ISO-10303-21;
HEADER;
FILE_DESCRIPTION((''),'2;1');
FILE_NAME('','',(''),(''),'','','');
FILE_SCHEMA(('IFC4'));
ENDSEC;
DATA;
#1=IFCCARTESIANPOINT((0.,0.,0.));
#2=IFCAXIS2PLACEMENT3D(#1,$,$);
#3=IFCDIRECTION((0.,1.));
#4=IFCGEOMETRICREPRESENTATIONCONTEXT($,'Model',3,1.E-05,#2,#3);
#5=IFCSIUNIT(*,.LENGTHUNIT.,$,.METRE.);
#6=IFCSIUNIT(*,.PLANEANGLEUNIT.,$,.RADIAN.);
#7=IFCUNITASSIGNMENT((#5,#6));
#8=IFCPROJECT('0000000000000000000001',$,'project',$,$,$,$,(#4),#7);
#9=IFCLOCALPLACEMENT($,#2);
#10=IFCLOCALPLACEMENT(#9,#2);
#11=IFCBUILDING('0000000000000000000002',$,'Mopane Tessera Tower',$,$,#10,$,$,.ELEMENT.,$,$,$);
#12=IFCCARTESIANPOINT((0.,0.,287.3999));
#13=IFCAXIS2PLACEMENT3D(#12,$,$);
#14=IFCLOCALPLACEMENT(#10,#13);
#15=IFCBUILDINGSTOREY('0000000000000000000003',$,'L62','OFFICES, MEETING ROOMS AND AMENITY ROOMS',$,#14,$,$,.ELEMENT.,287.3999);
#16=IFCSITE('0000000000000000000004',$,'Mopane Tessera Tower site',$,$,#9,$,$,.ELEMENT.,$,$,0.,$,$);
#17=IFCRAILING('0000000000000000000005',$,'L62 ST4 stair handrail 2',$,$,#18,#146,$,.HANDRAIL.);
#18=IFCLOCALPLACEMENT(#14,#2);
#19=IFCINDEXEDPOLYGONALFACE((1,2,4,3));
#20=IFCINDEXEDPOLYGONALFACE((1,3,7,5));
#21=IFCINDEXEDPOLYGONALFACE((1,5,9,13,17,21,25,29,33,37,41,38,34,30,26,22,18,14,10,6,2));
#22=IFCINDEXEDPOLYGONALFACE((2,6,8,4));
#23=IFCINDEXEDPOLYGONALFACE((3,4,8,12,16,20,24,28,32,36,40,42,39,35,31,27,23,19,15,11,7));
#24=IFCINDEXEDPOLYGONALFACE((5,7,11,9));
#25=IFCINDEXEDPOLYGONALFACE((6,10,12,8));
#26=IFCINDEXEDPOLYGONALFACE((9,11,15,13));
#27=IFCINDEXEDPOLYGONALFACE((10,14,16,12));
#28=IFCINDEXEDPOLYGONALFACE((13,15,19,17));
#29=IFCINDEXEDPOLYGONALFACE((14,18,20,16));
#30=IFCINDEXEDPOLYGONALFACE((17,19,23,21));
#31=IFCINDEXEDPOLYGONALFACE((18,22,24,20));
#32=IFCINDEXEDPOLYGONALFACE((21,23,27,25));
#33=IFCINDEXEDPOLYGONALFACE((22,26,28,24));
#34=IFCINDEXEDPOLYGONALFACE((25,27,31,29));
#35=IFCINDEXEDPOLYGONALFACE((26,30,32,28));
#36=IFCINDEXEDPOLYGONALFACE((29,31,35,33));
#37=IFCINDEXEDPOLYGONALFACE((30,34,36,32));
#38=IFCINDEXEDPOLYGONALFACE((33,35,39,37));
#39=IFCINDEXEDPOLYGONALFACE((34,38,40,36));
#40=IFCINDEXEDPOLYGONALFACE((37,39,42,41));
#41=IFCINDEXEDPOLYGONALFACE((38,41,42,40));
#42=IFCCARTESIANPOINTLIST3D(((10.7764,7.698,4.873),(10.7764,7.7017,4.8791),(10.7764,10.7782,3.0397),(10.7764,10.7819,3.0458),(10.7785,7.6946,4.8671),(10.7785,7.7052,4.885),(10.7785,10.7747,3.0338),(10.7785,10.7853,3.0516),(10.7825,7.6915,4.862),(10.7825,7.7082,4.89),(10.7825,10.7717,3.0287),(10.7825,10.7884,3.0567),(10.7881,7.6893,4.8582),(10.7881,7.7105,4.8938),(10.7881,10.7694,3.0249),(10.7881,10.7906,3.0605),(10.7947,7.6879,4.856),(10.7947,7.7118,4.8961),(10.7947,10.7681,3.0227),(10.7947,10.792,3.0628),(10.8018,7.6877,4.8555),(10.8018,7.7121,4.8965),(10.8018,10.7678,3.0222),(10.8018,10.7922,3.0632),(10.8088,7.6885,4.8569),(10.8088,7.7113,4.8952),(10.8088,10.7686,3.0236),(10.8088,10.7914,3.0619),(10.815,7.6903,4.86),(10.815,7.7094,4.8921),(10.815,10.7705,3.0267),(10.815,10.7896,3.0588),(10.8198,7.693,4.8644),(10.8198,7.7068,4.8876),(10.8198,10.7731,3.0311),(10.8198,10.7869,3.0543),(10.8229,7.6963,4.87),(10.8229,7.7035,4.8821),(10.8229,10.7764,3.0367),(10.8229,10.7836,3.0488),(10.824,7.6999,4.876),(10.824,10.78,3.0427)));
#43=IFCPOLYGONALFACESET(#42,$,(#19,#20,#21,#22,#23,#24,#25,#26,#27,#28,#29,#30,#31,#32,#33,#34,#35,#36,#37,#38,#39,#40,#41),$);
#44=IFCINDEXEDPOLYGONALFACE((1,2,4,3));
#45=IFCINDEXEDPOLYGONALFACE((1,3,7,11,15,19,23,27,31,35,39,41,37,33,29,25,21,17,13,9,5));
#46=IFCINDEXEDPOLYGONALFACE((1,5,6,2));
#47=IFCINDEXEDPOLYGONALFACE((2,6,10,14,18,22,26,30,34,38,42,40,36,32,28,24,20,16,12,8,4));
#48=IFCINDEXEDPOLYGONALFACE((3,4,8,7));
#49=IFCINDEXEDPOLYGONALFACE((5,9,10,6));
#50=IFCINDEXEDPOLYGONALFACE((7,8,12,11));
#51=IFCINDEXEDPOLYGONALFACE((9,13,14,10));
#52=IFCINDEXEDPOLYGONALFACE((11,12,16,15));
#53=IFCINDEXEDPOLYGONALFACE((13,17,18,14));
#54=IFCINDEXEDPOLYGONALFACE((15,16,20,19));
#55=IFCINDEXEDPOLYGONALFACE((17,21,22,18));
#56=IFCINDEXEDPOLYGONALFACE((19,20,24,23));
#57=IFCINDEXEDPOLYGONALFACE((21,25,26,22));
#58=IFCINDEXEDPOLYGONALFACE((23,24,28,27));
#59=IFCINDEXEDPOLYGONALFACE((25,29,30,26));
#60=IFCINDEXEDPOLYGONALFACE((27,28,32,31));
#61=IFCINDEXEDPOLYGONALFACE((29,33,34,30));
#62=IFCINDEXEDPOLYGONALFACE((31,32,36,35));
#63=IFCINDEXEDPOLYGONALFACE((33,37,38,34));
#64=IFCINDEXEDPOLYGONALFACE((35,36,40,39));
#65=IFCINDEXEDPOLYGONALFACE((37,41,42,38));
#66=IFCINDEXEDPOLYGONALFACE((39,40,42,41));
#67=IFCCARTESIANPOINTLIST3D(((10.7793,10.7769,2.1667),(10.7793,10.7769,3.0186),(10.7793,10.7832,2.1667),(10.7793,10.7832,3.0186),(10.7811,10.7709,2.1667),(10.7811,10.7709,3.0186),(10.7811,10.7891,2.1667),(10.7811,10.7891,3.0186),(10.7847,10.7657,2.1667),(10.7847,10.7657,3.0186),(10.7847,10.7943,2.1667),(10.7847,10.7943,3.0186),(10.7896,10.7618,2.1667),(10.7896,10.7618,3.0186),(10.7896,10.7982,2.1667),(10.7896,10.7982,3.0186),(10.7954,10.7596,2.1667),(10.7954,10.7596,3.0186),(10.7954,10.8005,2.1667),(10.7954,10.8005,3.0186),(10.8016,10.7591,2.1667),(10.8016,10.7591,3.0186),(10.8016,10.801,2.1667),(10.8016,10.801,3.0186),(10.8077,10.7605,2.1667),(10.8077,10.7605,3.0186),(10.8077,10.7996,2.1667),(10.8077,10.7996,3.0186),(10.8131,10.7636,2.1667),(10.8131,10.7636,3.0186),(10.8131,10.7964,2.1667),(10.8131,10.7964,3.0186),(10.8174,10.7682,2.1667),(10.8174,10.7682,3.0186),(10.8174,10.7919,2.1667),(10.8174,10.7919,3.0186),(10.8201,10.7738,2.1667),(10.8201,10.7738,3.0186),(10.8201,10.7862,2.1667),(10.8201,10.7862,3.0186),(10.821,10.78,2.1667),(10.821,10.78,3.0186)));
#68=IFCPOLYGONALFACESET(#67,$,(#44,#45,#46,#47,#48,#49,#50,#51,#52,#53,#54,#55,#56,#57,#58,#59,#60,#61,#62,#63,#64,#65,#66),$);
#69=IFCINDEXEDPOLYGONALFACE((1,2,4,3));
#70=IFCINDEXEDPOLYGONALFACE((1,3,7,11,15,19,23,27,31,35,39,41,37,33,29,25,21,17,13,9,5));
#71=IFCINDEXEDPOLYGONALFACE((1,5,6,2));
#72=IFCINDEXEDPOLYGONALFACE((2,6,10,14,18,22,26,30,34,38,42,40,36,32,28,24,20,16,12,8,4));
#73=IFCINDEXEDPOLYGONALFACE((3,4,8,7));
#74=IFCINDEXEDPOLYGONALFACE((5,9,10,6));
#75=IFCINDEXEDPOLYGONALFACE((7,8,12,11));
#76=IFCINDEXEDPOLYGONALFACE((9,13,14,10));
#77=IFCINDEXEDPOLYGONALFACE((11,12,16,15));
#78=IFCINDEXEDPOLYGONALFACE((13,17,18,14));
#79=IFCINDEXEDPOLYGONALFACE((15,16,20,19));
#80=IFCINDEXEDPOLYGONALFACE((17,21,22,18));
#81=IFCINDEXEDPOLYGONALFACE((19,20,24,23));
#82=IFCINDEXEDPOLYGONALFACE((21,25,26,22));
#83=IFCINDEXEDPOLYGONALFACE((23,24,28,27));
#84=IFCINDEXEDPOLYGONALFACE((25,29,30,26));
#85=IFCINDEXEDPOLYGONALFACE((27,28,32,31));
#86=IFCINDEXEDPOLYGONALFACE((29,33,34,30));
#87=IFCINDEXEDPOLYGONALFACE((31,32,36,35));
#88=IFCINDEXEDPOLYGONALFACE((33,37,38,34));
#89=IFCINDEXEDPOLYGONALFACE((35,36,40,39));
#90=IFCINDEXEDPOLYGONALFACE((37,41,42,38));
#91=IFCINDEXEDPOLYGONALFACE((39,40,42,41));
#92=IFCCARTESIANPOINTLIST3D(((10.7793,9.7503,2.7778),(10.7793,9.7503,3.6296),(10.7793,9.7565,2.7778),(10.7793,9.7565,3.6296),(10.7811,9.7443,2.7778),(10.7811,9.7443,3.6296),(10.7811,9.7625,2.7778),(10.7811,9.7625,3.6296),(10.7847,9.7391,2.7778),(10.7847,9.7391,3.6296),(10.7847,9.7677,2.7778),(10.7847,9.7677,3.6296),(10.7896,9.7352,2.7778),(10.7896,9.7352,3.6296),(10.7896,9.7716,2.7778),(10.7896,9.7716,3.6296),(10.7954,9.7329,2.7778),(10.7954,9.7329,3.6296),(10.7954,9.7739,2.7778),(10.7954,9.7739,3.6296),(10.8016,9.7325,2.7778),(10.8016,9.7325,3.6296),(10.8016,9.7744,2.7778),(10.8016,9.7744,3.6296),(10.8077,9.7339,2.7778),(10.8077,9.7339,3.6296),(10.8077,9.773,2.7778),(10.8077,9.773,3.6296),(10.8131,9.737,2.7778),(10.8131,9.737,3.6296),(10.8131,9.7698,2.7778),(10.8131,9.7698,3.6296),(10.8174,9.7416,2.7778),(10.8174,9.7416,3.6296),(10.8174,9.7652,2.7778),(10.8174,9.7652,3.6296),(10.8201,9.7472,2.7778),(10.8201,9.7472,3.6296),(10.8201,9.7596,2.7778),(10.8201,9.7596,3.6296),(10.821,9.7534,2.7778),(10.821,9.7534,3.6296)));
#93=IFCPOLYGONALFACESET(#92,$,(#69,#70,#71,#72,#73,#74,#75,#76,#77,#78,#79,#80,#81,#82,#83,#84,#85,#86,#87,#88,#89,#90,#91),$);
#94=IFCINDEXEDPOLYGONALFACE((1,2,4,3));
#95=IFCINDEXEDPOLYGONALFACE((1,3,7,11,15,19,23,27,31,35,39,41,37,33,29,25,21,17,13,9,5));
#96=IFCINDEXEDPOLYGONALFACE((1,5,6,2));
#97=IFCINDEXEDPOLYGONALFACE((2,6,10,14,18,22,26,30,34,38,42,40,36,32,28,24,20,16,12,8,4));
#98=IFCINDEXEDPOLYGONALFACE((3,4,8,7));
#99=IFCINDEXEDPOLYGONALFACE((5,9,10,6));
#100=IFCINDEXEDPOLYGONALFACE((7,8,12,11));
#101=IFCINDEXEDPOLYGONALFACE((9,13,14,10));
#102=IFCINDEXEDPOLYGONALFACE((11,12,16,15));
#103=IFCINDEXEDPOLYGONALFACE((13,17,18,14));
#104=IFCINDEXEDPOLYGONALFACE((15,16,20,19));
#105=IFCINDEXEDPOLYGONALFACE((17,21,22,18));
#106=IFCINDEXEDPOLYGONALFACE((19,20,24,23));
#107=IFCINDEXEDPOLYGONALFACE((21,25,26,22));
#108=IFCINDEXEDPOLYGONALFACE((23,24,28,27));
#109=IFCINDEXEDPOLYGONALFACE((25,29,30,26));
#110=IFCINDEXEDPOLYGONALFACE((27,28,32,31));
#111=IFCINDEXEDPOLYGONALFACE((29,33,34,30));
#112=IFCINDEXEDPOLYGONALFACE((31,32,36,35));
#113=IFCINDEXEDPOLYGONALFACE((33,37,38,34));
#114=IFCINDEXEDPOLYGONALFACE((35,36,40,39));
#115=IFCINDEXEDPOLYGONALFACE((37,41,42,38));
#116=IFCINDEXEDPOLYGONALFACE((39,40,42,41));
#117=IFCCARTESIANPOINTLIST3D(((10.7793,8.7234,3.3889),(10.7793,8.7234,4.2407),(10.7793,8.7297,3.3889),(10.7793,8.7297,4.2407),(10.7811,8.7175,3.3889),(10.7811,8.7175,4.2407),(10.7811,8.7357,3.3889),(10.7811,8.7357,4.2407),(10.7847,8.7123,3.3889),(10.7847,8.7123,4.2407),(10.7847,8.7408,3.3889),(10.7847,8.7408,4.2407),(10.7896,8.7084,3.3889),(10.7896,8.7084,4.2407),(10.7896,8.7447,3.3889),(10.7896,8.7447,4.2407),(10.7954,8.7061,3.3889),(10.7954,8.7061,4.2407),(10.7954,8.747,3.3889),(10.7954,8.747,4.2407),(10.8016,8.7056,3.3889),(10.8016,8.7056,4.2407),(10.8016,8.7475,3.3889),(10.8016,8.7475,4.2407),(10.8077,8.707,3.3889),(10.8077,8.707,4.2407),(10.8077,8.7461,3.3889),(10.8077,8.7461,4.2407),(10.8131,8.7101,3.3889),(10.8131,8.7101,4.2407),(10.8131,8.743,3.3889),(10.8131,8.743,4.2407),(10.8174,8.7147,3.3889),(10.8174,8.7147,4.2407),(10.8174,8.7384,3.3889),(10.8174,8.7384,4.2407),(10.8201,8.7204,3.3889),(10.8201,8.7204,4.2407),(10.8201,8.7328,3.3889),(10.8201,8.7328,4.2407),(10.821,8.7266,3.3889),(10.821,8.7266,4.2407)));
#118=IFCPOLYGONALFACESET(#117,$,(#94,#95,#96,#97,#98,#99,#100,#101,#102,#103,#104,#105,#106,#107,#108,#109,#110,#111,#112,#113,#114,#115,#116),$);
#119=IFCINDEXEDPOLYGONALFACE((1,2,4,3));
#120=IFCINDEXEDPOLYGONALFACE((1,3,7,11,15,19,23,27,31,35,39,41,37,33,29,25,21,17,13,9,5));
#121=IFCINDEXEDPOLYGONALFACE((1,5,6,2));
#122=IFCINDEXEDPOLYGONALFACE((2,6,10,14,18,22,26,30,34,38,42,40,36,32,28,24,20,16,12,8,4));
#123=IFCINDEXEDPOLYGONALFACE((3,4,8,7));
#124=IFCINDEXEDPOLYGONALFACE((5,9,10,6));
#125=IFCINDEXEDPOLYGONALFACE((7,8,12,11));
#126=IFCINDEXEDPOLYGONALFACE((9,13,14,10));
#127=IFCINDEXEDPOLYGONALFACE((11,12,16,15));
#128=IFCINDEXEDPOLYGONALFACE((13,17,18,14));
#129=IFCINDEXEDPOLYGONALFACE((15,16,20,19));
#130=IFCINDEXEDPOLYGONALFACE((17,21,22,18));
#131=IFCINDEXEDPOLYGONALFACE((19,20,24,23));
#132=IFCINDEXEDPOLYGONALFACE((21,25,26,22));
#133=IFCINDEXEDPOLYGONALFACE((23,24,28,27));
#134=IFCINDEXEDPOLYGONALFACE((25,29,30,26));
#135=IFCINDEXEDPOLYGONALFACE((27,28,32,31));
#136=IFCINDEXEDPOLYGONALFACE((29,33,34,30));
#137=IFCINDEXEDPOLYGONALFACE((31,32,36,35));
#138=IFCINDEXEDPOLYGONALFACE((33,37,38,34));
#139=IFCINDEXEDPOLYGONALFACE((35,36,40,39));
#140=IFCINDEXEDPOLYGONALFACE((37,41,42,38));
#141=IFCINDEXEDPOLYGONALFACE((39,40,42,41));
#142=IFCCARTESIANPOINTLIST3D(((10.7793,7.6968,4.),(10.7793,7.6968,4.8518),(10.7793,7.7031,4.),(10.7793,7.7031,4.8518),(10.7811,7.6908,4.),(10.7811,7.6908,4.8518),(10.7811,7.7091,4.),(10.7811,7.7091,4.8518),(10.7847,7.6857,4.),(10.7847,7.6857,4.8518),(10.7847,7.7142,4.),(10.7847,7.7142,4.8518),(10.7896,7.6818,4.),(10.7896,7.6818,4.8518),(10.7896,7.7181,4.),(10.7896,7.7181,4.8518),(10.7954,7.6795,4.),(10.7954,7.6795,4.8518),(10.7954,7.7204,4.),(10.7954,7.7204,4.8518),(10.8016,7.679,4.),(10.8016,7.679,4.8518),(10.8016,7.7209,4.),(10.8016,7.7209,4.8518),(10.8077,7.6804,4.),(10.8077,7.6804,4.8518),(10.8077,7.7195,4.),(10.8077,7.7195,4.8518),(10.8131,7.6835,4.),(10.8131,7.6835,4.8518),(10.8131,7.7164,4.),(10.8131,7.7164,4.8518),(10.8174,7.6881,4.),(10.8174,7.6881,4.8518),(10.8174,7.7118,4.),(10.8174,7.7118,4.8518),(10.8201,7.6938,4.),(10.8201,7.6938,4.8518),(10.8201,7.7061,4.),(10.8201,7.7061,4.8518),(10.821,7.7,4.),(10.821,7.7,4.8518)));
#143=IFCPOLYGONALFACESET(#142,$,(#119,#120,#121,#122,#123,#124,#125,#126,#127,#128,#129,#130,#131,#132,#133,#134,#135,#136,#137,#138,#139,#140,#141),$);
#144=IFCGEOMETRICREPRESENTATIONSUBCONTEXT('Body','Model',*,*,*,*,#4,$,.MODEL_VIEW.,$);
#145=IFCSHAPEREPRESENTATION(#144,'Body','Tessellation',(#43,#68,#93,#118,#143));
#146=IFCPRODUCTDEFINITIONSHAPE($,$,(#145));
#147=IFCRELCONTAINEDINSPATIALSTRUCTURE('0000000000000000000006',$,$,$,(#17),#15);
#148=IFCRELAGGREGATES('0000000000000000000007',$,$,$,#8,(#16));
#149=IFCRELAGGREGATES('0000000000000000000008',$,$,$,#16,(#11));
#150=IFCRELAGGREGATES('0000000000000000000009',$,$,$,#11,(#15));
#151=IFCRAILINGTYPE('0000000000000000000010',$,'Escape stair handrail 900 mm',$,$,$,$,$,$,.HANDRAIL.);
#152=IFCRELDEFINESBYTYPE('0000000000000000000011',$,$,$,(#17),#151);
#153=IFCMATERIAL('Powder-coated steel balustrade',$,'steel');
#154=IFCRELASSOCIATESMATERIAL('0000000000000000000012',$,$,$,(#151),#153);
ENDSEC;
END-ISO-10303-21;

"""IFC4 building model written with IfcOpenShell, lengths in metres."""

from ifc_helpers import new_model, si_unit, direction, frame, origin, origin_2d, place, context, subcontext, project, spatial, circle, extrude, material, type_object, element, save


model = new_model("IFC4")

# Units and contexts
model_context = context("Model", 3, precision=1e-05, world=origin(), true_north=direction((0.0, 1.0)))
body_context = subcontext(model_context, "Body", "Model", "MODEL_VIEW")
ifc_project = project(units=[si_unit("LENGTHUNIT", "METRE"), si_unit("PLANEANGLEUNIT", "RADIAN")], contexts=[model_context])

# Site, building, storey
site_placement = place(None, origin())
site = spatial("IfcSite", under=ifc_project, at=site_placement, Name="Mopane Tessera Tower site", CompositionType="ELEMENT", RefElevation=0.0)
building_placement = place(site_placement, origin())
building = spatial("IfcBuilding", under=site, at=building_placement, Name="Mopane Tessera Tower", CompositionType="ELEMENT")
storey_placement = place(building_placement, frame((0.0, 0.0, 287.3999)))
storey = spatial("IfcBuildingStorey", under=building, at=storey_placement, Name="L62", Description="OFFICES, MEETING ROOMS AND AMENITY ROOMS", CompositionType="ELEMENT", Elevation=287.3999)

# Railing
ifc_material_1 = material(Name="Powder-coated steel balustrade", Category="steel")
railing_type_1 = type_object("IfcRailingType", Name="Escape stair handrail 900 mm", PredefinedType="HANDRAIL", material=ifc_material_1)
railing_1_placement = place(storey_placement, frame((10.8, 10.78, 2.1667)))
element("IfcRailing", 1, at=railing_1_placement, inside=storey, type_object=railing_type_1, Name="L62 ST4 stair handrail 2", PredefinedType="HANDRAIL", context=body_context, shape_type="SweptSolid", body=[
    extrude(circle(Radius=0.0239, at=origin_2d()), frame((0.0, 0.0, 0.876), z_axis=(0.0, -0.859309, 0.511458), x_axis=(1.0, 0.0, 0.0)), (0.0, 0.0, 1.0), 3.5845),
    extrude(circle(Radius=0.021, at=origin_2d()), origin(), (0.0, 0.0, 1.0), 0.8518),
    extrude(circle(Radius=0.021, at=origin_2d()), frame((0.0, -1.0266, 0.6111)), (0.0, 0.0, 1.0), 0.8518),
    extrude(circle(Radius=0.021, at=origin_2d()), frame((0.0, -2.0535, 1.2222)), (0.0, 0.0, 1.0), 0.8518),
    extrude(circle(Radius=0.021, at=origin_2d()), frame((0.0, -3.0801, 1.8333)), (0.0, 0.0, 1.0), 0.8518),
])

save(model, "model.ifc")
